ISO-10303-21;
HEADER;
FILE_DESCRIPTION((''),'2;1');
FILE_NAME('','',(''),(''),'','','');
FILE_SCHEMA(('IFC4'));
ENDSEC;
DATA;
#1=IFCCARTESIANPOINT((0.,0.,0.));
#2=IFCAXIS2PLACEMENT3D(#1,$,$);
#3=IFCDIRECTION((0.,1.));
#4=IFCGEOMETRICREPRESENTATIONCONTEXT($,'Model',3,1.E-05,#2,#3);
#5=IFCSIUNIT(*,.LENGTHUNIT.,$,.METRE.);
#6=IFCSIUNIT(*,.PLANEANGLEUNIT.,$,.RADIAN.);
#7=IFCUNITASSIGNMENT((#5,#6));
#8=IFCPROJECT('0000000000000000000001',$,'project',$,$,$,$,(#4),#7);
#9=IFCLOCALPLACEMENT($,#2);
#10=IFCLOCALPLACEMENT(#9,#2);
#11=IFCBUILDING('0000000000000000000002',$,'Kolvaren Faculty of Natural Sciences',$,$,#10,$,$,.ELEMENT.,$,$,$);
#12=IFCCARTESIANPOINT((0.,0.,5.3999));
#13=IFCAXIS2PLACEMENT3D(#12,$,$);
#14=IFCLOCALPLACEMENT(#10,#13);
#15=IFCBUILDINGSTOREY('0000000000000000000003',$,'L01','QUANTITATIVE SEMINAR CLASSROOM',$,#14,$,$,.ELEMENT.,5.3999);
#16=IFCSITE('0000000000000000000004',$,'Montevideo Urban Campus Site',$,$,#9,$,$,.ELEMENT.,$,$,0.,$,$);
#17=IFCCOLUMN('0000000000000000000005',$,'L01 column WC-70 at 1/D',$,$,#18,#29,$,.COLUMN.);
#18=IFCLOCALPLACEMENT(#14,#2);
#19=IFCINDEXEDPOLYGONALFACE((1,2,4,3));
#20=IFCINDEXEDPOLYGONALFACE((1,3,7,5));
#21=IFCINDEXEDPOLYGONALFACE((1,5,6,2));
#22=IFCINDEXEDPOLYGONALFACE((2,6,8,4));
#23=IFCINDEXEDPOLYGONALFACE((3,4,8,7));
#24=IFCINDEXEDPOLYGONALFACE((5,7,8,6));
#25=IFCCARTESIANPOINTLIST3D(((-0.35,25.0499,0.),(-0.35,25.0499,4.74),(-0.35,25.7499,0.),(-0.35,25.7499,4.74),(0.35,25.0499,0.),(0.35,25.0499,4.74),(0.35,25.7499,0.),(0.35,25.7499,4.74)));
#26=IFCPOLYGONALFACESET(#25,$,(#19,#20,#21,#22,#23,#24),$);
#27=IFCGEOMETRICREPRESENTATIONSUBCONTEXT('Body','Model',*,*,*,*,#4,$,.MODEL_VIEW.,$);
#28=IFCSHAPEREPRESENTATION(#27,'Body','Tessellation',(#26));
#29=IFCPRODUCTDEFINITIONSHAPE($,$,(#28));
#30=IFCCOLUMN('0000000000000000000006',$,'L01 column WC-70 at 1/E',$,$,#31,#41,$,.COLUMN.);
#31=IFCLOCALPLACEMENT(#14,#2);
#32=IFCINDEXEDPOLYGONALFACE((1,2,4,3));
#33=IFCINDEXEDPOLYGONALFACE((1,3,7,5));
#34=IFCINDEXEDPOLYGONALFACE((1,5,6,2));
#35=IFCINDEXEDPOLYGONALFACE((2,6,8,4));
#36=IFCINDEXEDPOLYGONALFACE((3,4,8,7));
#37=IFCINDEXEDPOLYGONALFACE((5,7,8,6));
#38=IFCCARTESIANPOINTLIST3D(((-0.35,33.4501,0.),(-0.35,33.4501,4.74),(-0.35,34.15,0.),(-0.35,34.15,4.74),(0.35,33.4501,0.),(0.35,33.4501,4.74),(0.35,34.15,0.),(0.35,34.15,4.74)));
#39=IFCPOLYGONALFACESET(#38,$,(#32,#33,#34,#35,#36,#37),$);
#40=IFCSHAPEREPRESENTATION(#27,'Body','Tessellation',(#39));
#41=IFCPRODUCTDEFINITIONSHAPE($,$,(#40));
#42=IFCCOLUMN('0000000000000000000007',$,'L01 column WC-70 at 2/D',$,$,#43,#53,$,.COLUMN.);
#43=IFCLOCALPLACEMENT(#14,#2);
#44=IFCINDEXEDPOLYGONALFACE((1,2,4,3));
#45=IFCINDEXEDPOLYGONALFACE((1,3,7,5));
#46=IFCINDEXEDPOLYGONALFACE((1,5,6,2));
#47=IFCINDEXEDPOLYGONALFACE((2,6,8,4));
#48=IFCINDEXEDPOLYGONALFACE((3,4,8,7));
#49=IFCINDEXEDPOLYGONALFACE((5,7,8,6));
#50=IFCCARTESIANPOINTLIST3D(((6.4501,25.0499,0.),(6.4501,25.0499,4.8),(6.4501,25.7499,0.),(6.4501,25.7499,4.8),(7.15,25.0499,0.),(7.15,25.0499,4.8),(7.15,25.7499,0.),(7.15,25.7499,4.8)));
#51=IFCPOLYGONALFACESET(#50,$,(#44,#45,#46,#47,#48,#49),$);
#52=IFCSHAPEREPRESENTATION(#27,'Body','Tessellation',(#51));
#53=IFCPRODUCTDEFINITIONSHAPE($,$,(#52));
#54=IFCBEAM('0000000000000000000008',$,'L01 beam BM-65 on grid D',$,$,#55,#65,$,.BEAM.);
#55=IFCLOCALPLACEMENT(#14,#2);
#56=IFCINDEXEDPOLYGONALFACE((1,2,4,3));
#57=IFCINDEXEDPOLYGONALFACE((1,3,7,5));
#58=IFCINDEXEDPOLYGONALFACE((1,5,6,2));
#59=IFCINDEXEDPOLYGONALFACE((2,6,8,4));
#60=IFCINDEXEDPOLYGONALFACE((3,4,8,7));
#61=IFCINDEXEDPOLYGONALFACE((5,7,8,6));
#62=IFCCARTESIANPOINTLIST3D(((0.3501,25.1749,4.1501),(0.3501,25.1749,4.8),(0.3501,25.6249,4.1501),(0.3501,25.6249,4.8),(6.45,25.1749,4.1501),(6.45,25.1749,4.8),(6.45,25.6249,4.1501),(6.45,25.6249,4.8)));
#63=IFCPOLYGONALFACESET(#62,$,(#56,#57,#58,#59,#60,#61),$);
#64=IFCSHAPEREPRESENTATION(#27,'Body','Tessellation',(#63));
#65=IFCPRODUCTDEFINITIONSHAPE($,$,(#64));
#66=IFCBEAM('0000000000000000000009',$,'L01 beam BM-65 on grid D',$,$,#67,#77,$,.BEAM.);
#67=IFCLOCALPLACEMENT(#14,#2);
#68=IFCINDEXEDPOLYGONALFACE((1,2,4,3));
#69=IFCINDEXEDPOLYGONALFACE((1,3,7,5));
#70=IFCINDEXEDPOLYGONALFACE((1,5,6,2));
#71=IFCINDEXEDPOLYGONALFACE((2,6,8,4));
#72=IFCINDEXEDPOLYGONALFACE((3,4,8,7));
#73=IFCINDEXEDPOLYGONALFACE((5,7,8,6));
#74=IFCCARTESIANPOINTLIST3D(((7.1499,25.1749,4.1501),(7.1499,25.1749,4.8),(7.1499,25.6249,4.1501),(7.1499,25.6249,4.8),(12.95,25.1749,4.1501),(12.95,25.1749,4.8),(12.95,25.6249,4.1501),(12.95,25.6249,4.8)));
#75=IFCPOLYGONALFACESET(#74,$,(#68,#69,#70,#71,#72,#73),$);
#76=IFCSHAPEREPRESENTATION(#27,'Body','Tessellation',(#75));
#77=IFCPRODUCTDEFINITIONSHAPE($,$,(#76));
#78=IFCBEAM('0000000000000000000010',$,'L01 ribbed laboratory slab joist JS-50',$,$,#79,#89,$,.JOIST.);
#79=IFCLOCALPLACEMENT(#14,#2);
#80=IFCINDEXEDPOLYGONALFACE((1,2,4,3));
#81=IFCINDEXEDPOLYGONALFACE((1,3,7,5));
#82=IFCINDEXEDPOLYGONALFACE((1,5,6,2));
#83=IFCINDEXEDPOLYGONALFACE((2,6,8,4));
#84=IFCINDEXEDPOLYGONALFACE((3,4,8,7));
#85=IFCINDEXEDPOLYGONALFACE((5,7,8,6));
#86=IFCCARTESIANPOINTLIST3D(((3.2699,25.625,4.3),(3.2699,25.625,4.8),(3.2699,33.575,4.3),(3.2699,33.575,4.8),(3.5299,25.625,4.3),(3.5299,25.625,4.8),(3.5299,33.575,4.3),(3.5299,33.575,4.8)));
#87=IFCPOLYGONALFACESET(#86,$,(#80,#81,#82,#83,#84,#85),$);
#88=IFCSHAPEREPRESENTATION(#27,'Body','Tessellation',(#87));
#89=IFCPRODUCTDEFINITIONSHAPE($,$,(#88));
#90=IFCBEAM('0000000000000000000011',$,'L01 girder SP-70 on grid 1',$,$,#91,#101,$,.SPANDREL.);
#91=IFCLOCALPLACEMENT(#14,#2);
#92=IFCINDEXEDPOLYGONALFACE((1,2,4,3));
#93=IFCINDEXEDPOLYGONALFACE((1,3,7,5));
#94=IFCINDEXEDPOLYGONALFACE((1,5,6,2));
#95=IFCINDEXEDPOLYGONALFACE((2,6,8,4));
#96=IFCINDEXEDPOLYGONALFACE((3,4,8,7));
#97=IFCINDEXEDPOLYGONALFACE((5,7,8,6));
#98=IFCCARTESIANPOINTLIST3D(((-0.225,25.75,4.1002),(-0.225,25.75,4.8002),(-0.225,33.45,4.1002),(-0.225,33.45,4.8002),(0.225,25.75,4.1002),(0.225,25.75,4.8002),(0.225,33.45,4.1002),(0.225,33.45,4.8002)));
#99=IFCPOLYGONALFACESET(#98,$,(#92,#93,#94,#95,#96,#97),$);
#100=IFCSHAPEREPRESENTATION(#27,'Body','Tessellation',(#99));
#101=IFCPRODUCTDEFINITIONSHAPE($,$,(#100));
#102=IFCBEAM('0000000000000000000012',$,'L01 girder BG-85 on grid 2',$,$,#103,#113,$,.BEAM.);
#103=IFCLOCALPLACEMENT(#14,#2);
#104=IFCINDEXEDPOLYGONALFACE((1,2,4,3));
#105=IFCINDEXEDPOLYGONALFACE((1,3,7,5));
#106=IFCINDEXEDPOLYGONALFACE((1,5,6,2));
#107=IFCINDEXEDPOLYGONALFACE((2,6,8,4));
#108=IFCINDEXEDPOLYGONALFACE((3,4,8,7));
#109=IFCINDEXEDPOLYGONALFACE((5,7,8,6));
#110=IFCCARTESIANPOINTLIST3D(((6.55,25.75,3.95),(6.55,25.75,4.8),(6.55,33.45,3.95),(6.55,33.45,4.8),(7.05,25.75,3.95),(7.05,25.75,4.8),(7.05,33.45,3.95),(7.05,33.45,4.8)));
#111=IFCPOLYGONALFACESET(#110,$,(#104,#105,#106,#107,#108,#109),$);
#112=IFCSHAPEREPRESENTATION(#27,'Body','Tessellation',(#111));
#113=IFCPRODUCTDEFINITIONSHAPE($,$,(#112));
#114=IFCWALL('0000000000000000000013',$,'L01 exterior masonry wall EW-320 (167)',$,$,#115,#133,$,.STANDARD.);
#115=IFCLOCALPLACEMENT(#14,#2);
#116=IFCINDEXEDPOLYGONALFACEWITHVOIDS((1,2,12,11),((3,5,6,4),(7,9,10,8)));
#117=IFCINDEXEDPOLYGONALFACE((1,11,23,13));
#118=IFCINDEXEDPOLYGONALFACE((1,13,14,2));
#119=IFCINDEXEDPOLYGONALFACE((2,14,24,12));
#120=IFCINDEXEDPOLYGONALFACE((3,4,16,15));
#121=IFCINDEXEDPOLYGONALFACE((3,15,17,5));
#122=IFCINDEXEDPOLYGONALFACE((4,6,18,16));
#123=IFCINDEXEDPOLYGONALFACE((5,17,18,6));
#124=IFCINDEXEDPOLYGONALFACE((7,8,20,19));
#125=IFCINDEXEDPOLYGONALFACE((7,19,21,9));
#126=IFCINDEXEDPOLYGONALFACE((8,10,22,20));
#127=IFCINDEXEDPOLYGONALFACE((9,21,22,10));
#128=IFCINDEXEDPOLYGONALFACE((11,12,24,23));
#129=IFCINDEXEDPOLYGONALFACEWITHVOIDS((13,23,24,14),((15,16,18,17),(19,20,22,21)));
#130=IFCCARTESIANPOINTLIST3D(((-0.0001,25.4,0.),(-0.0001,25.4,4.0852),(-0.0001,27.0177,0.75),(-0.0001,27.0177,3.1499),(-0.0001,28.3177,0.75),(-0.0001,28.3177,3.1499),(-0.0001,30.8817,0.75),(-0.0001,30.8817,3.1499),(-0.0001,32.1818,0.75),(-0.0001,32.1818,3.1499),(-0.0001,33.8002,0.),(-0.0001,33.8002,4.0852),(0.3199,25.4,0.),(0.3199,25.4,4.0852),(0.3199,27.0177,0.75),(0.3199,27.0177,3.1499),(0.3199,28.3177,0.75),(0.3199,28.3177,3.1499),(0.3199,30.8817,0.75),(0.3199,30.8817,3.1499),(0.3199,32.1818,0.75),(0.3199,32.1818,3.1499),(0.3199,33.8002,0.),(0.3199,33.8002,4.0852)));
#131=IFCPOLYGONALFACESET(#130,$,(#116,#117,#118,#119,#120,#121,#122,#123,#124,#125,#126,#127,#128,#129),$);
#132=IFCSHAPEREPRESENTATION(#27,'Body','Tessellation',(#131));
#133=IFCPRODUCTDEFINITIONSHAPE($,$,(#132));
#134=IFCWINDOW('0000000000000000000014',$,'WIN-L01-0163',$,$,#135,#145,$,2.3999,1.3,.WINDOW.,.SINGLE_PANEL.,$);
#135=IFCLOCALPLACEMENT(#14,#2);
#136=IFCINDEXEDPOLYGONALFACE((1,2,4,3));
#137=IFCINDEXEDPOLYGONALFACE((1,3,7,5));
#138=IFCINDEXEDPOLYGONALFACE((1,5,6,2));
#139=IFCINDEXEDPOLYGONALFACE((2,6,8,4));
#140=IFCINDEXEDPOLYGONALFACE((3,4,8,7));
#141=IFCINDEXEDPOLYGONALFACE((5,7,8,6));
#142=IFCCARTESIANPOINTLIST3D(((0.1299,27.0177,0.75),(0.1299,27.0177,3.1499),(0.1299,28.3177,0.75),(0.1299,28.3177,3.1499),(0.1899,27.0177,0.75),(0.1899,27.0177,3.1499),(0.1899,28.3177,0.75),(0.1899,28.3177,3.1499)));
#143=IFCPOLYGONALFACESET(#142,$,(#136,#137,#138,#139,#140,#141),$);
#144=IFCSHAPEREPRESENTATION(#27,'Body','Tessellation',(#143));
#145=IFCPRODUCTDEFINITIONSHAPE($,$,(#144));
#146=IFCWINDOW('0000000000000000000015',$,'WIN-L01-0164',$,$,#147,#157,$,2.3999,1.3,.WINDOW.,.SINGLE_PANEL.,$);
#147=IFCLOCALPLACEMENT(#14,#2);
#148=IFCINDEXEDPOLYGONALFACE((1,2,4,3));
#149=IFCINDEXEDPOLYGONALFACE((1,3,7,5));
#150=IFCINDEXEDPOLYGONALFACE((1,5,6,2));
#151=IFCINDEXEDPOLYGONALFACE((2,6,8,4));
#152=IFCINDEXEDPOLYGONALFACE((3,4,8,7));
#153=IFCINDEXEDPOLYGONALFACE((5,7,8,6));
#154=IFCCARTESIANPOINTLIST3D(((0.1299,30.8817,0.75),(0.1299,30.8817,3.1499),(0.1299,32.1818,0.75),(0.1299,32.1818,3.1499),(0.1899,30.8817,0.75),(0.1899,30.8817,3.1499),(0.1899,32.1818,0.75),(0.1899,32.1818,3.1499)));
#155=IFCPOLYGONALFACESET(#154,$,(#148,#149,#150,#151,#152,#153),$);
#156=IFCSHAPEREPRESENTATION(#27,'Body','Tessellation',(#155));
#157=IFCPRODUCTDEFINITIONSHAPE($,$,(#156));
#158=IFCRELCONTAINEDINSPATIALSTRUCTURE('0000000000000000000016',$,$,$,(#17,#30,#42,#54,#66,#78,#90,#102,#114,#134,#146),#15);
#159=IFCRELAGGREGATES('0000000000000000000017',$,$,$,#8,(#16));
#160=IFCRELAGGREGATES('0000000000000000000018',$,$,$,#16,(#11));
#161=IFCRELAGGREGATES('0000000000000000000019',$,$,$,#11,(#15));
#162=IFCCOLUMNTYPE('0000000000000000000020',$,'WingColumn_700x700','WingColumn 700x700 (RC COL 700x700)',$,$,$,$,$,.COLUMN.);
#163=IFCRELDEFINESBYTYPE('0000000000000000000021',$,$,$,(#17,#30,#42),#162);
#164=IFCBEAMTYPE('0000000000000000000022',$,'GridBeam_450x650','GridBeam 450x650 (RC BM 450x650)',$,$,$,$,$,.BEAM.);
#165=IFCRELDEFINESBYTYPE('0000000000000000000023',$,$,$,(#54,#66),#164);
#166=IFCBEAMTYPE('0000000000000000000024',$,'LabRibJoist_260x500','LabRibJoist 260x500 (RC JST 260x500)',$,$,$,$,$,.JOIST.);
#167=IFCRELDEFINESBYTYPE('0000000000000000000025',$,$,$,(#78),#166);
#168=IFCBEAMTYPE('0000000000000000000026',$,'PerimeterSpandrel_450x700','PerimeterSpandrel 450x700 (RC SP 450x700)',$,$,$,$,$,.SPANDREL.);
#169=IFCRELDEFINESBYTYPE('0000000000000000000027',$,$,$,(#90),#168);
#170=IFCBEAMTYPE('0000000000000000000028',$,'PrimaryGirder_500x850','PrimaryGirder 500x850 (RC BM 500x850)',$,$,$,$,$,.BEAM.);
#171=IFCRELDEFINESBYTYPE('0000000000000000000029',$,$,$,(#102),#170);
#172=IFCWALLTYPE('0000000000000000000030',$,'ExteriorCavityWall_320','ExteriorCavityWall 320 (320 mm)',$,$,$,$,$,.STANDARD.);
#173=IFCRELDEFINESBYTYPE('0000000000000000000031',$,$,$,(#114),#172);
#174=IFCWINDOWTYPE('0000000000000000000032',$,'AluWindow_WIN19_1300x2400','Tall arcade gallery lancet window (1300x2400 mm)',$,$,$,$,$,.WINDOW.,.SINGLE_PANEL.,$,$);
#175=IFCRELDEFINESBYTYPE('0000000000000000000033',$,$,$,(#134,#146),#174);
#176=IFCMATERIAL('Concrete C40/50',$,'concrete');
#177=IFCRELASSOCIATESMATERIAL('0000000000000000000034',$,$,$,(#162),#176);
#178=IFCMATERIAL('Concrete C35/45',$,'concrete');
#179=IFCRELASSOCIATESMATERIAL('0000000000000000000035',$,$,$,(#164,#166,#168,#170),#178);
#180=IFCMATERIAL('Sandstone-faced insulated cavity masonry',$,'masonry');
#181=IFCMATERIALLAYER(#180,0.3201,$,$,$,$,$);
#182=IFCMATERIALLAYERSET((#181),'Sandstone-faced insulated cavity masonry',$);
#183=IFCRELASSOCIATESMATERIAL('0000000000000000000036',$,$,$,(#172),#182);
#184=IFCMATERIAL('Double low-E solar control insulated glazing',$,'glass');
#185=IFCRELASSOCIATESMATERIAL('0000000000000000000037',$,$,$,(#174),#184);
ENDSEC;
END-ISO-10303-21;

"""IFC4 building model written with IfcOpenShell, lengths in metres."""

from ifc_helpers import new_model, si_unit, direction, frame, frame_2d, origin, origin_2d, place, context, subcontext, project, spatial, rectangle, extrude, material, layer, layer_set, material_profile, profile_set, type_object, element, fill, save


model = new_model("IFC4")

# Units and contexts
model_context = context("Model", 3, precision=1e-05, world=origin(), true_north=direction((0.0, 1.0)))
body_context = subcontext(model_context, "Body", "Model", "MODEL_VIEW")
ifc_project = project(units=[si_unit("LENGTHUNIT", "METRE"), si_unit("PLANEANGLEUNIT", "RADIAN")], contexts=[model_context])

# Site, building, storey
site_placement = place(None, origin())
site = spatial("IfcSite", under=ifc_project, at=site_placement, Name="Montevideo Urban Campus Site", CompositionType="ELEMENT", RefElevation=0.0)
building_placement = place(site_placement, origin())
building = spatial("IfcBuilding", under=site, at=building_placement, Name="Kolvaren Faculty of Natural Sciences", CompositionType="ELEMENT")
storey_placement = place(building_placement, frame((0.0, 0.0, 5.3999)))
storey = spatial("IfcBuildingStorey", under=building, at=storey_placement, Name="L01", Description="QUANTITATIVE SEMINAR CLASSROOM", CompositionType="ELEMENT", Elevation=5.3999)

# Columns
ifc_material_1 = material(Name="Concrete C40/50", Category="concrete")
ifc_material_profile_1 = material_profile(ifc_material_1, rectangle(XDim=0.7, YDim=0.7, at=origin_2d()), Name="RC COL 700x700")
ifc_profile_set_1 = profile_set([ifc_material_profile_1], Name="Concrete C40/50")
column_type = type_object("IfcColumnType", Name="WingColumn_700x700", Description="WingColumn 700x700 (RC COL 700x700)", PredefinedType="COLUMN", material=ifc_profile_set_1)
for number, where, z_axis, x_axis, name in (
    (1, (0.0, 25.3999, 0.0), (0.0, 0.0, 1.0), (1.0, 0.0, 0.0), "L01 column WC-70 at 1/D"),
    (2, (0.0, 33.8, 0.0), (0.0, 0.0, 1.0), (1.0, 0.0, 0.0), "L01 column WC-70 at 1/E"),
):
    element("IfcColumn", number, at=place(storey_placement, frame(where, z_axis=z_axis, x_axis=x_axis)), inside=storey, type_object=column_type, Name=name, PredefinedType="COLUMN", context=body_context, shape_type="SweptSolid", body=[
        extrude(rectangle(XDim=0.7, YDim=0.7, at=origin_2d()), origin(), (0.0, 0.0, 1.0), 4.74),
    ])
column_placement = place(storey_placement, frame((6.8, 25.3999, 0.0), z_axis=(0.0, 0.0, 1.0), x_axis=(1.0, 0.0, 0.0)))
element("IfcColumn", 3, at=column_placement, inside=storey, type_object=column_type, Name="L01 column WC-70 at 2/D", PredefinedType="COLUMN", context=body_context, shape_type="SweptSolid", body=[
    extrude(rectangle(XDim=0.7, YDim=0.7, at=origin_2d()), origin(), (0.0, 0.0, 1.0), 4.8),
])

# Beams
ifc_material_2 = material(Name="Concrete C35/45", Category="concrete")
ifc_material_profile_2 = material_profile(ifc_material_2, rectangle(XDim=0.45, YDim=0.6499, at=origin_2d()), Name="RC BM 450x650")
ifc_profile_set_2 = profile_set([ifc_material_profile_2], Name="Concrete C35/45")
beam_type_1 = type_object("IfcBeamType", Name="GridBeam_450x650", Description="GridBeam 450x650 (RC BM 450x650)", PredefinedType="BEAM", material=ifc_profile_set_2)
beam_1_placement = place(storey_placement, frame((0.3501, 25.3999, 4.4751), z_axis=(1.0, 0.0, 0.0), x_axis=(0.0, 1.0, 0.0)))
element("IfcBeam", 4, at=beam_1_placement, inside=storey, type_object=beam_type_1, Name="L01 beam BM-65 on grid D", PredefinedType="BEAM", context=body_context, shape_type="SweptSolid", body=[
    extrude(rectangle(XDim=0.45, YDim=0.6499, at=origin_2d()), origin(), (0.0, 0.0, 1.0), 6.0999),
])
beam_2_placement = place(storey_placement, frame((7.1499, 25.3999, 4.4751), z_axis=(1.0, 0.0, 0.0), x_axis=(0.0, 1.0, 0.0)))
element("IfcBeam", 5, at=beam_2_placement, inside=storey, type_object=beam_type_1, Name="L01 beam BM-65 on grid D", PredefinedType="BEAM", context=body_context, shape_type="SweptSolid", body=[
    extrude(rectangle(XDim=0.45, YDim=0.6499, at=origin_2d()), origin(), (0.0, 0.0, 1.0), 5.8),
])
ifc_material_profile_3 = material_profile(ifc_material_2, rectangle(XDim=0.26, YDim=0.5, at=origin_2d()), Name="RC JST 260x500")
ifc_profile_set_3 = profile_set([ifc_material_profile_3], Name="Concrete C35/45")
beam_type_2 = type_object("IfcBeamType", Name="LabRibJoist_260x500", Description="LabRibJoist 260x500 (RC JST 260x500)", PredefinedType="JOIST", material=ifc_profile_set_3)
beam_3_placement = place(storey_placement, frame((3.3999, 25.625, 4.55), z_axis=(0.0, 1.0, 0.0), x_axis=(-1.0, 0.0, 0.0)))
element("IfcBeam", 6, at=beam_3_placement, inside=storey, type_object=beam_type_2, Name="L01 ribbed laboratory slab joist JS-50", PredefinedType="JOIST", context=body_context, shape_type="SweptSolid", body=[
    extrude(rectangle(XDim=0.26, YDim=0.5, at=origin_2d()), origin(), (0.0, 0.0, 1.0), 7.95),
])
ifc_material_profile_4 = material_profile(ifc_material_2, rectangle(XDim=0.45, YDim=0.7, at=origin_2d()), Name="RC SP 450x700")
ifc_profile_set_4 = profile_set([ifc_material_profile_4], Name="Concrete C35/45")
beam_type_3 = type_object("IfcBeamType", Name="PerimeterSpandrel_450x700", Description="PerimeterSpandrel 450x700 (RC SP 450x700)", PredefinedType="SPANDREL", material=ifc_profile_set_4)
beam_4_placement = place(storey_placement, frame((0.0, 25.75, 4.4502), z_axis=(0.0, 1.0, 0.0), x_axis=(-1.0, 0.0, 0.0)))
element("IfcBeam", 7, at=beam_4_placement, inside=storey, type_object=beam_type_3, Name="L01 girder SP-70 on grid 1", PredefinedType="SPANDREL", context=body_context, shape_type="SweptSolid", body=[
    extrude(rectangle(XDim=0.45, YDim=0.7, at=origin_2d()), origin(), (0.0, 0.0, 1.0), 7.7),
])
ifc_material_profile_5 = material_profile(ifc_material_2, rectangle(XDim=0.5, YDim=0.8501, at=origin_2d()), Name="RC BM 500x850")
ifc_profile_set_5 = profile_set([ifc_material_profile_5], Name="Concrete C35/45")
beam_type_4 = type_object("IfcBeamType", Name="PrimaryGirder_500x850", Description="PrimaryGirder 500x850 (RC BM 500x850)", PredefinedType="BEAM", material=ifc_profile_set_5)
beam_5_placement = place(storey_placement, frame((6.8, 25.75, 4.375), z_axis=(0.0, 1.0, 0.0), x_axis=(-1.0, 0.0, 0.0)))
element("IfcBeam", 8, at=beam_5_placement, inside=storey, type_object=beam_type_4, Name="L01 girder BG-85 on grid 2", PredefinedType="BEAM", context=body_context, shape_type="SweptSolid", body=[
    extrude(rectangle(XDim=0.5, YDim=0.8501, at=origin_2d()), origin(), (0.0, 0.0, 1.0), 7.7),
])

# Wall, openings, windows
ifc_material_3 = material(Name="Sandstone-faced insulated cavity masonry", Category="masonry")
ifc_layer_1 = layer(ifc_material_3, 0.3201)
ifc_layer_set_1 = layer_set([ifc_layer_1], Name="Sandstone-faced insulated cavity masonry")
wall_type_1 = type_object("IfcWallType", Name="ExteriorCavityWall_320", Description="ExteriorCavityWall 320 (320 mm)", PredefinedType="STANDARD", material=ifc_layer_set_1)
wall_1_placement = place(storey_placement, frame((0.1599, 25.3999, 0.0), z_axis=(0.0, 0.0, 1.0), x_axis=(0.0, 1.0, 0.0)))
wall_1 = element("IfcWall", 9, at=wall_1_placement, inside=storey, type_object=wall_type_1, Name="L01 exterior masonry wall EW-320 (167)", PredefinedType="STANDARD", context=body_context, shape_type="SweptSolid", body=[
    extrude(rectangle(XDim=8.4001, YDim=0.3201, at=frame_2d((4.2002, 0.0))), origin(), (0.0, 0.0, 1.0), 4.0852),
])
opening_1_placement = place(wall_1_placement, frame((1.6179, 0.0, 0.75)))
opening_1 = element("IfcOpeningElement", 10, at=opening_1_placement, cuts=wall_1, PredefinedType="OPENING", context=body_context, shape_type="SweptSolid", body=[
    extrude(rectangle(XDim=1.3, YDim=2.3999, at=frame_2d((0.6499, 1.2))), frame((0.0, 0.1699, 0.0), z_axis=(0.0, -1.0, 0.0), x_axis=(1.0, 0.0, 0.0)), (0.0, 0.0, 1.0), 0.3401),
])
opening_2_placement = place(wall_1_placement, frame((5.4819, 0.0, 0.75)))
opening_2 = element("IfcOpeningElement", 11, at=opening_2_placement, cuts=wall_1, PredefinedType="OPENING", context=body_context, shape_type="SweptSolid", body=[
    extrude(rectangle(XDim=1.3, YDim=2.3999, at=frame_2d((0.6499, 1.2))), frame((0.0, 0.1699, 0.0), z_axis=(0.0, -1.0, 0.0), x_axis=(1.0, 0.0, 0.0)), (0.0, 0.0, 1.0), 0.3401),
])
ifc_material_4 = material(Name="Double low-E solar control insulated glazing", Category="glass")
window_type_1 = type_object("IfcWindowType", Name="AluWindow_WIN19_1300x2400", Description="Tall arcade gallery lancet window (1300x2400 mm)", PartitioningType="SINGLE_PANEL", PredefinedType="WINDOW", material=ifc_material_4)
window_1_placement = place(opening_1_placement, origin())
window_1 = element("IfcWindow", 12, at=window_1_placement, inside=storey, type_object=window_type_1, Name="WIN-L01-0163", OverallHeight=2.3999, OverallWidth=1.3, PartitioningType="SINGLE_PANEL", PredefinedType="WINDOW", context=body_context, shape_type="SweptSolid", body=[
    extrude(rectangle(XDim=1.3, YDim=2.3999, at=frame_2d((0.6499, 1.2))), frame((0.0, 0.03, 0.0), z_axis=(0.0, -1.0, 0.0), x_axis=(1.0, 0.0, 0.0)), (0.0, 0.0, 1.0), 0.0601),
])
fill(opening_1, window_1)
window_2_placement = place(opening_2_placement, origin())
window_2 = element("IfcWindow", 13, at=window_2_placement, inside=storey, type_object=window_type_1, Name="WIN-L01-0164", OverallHeight=2.3999, OverallWidth=1.3, PartitioningType="SINGLE_PANEL", PredefinedType="WINDOW", context=body_context, shape_type="SweptSolid", body=[
    extrude(rectangle(XDim=1.3, YDim=2.3999, at=frame_2d((0.6499, 1.2))), frame((0.0, 0.03, 0.0), z_axis=(0.0, -1.0, 0.0), x_axis=(1.0, 0.0, 0.0)), (0.0, 0.0, 1.0), 0.0601),
])
fill(opening_2, window_2)

save(model, "model.ifc")
